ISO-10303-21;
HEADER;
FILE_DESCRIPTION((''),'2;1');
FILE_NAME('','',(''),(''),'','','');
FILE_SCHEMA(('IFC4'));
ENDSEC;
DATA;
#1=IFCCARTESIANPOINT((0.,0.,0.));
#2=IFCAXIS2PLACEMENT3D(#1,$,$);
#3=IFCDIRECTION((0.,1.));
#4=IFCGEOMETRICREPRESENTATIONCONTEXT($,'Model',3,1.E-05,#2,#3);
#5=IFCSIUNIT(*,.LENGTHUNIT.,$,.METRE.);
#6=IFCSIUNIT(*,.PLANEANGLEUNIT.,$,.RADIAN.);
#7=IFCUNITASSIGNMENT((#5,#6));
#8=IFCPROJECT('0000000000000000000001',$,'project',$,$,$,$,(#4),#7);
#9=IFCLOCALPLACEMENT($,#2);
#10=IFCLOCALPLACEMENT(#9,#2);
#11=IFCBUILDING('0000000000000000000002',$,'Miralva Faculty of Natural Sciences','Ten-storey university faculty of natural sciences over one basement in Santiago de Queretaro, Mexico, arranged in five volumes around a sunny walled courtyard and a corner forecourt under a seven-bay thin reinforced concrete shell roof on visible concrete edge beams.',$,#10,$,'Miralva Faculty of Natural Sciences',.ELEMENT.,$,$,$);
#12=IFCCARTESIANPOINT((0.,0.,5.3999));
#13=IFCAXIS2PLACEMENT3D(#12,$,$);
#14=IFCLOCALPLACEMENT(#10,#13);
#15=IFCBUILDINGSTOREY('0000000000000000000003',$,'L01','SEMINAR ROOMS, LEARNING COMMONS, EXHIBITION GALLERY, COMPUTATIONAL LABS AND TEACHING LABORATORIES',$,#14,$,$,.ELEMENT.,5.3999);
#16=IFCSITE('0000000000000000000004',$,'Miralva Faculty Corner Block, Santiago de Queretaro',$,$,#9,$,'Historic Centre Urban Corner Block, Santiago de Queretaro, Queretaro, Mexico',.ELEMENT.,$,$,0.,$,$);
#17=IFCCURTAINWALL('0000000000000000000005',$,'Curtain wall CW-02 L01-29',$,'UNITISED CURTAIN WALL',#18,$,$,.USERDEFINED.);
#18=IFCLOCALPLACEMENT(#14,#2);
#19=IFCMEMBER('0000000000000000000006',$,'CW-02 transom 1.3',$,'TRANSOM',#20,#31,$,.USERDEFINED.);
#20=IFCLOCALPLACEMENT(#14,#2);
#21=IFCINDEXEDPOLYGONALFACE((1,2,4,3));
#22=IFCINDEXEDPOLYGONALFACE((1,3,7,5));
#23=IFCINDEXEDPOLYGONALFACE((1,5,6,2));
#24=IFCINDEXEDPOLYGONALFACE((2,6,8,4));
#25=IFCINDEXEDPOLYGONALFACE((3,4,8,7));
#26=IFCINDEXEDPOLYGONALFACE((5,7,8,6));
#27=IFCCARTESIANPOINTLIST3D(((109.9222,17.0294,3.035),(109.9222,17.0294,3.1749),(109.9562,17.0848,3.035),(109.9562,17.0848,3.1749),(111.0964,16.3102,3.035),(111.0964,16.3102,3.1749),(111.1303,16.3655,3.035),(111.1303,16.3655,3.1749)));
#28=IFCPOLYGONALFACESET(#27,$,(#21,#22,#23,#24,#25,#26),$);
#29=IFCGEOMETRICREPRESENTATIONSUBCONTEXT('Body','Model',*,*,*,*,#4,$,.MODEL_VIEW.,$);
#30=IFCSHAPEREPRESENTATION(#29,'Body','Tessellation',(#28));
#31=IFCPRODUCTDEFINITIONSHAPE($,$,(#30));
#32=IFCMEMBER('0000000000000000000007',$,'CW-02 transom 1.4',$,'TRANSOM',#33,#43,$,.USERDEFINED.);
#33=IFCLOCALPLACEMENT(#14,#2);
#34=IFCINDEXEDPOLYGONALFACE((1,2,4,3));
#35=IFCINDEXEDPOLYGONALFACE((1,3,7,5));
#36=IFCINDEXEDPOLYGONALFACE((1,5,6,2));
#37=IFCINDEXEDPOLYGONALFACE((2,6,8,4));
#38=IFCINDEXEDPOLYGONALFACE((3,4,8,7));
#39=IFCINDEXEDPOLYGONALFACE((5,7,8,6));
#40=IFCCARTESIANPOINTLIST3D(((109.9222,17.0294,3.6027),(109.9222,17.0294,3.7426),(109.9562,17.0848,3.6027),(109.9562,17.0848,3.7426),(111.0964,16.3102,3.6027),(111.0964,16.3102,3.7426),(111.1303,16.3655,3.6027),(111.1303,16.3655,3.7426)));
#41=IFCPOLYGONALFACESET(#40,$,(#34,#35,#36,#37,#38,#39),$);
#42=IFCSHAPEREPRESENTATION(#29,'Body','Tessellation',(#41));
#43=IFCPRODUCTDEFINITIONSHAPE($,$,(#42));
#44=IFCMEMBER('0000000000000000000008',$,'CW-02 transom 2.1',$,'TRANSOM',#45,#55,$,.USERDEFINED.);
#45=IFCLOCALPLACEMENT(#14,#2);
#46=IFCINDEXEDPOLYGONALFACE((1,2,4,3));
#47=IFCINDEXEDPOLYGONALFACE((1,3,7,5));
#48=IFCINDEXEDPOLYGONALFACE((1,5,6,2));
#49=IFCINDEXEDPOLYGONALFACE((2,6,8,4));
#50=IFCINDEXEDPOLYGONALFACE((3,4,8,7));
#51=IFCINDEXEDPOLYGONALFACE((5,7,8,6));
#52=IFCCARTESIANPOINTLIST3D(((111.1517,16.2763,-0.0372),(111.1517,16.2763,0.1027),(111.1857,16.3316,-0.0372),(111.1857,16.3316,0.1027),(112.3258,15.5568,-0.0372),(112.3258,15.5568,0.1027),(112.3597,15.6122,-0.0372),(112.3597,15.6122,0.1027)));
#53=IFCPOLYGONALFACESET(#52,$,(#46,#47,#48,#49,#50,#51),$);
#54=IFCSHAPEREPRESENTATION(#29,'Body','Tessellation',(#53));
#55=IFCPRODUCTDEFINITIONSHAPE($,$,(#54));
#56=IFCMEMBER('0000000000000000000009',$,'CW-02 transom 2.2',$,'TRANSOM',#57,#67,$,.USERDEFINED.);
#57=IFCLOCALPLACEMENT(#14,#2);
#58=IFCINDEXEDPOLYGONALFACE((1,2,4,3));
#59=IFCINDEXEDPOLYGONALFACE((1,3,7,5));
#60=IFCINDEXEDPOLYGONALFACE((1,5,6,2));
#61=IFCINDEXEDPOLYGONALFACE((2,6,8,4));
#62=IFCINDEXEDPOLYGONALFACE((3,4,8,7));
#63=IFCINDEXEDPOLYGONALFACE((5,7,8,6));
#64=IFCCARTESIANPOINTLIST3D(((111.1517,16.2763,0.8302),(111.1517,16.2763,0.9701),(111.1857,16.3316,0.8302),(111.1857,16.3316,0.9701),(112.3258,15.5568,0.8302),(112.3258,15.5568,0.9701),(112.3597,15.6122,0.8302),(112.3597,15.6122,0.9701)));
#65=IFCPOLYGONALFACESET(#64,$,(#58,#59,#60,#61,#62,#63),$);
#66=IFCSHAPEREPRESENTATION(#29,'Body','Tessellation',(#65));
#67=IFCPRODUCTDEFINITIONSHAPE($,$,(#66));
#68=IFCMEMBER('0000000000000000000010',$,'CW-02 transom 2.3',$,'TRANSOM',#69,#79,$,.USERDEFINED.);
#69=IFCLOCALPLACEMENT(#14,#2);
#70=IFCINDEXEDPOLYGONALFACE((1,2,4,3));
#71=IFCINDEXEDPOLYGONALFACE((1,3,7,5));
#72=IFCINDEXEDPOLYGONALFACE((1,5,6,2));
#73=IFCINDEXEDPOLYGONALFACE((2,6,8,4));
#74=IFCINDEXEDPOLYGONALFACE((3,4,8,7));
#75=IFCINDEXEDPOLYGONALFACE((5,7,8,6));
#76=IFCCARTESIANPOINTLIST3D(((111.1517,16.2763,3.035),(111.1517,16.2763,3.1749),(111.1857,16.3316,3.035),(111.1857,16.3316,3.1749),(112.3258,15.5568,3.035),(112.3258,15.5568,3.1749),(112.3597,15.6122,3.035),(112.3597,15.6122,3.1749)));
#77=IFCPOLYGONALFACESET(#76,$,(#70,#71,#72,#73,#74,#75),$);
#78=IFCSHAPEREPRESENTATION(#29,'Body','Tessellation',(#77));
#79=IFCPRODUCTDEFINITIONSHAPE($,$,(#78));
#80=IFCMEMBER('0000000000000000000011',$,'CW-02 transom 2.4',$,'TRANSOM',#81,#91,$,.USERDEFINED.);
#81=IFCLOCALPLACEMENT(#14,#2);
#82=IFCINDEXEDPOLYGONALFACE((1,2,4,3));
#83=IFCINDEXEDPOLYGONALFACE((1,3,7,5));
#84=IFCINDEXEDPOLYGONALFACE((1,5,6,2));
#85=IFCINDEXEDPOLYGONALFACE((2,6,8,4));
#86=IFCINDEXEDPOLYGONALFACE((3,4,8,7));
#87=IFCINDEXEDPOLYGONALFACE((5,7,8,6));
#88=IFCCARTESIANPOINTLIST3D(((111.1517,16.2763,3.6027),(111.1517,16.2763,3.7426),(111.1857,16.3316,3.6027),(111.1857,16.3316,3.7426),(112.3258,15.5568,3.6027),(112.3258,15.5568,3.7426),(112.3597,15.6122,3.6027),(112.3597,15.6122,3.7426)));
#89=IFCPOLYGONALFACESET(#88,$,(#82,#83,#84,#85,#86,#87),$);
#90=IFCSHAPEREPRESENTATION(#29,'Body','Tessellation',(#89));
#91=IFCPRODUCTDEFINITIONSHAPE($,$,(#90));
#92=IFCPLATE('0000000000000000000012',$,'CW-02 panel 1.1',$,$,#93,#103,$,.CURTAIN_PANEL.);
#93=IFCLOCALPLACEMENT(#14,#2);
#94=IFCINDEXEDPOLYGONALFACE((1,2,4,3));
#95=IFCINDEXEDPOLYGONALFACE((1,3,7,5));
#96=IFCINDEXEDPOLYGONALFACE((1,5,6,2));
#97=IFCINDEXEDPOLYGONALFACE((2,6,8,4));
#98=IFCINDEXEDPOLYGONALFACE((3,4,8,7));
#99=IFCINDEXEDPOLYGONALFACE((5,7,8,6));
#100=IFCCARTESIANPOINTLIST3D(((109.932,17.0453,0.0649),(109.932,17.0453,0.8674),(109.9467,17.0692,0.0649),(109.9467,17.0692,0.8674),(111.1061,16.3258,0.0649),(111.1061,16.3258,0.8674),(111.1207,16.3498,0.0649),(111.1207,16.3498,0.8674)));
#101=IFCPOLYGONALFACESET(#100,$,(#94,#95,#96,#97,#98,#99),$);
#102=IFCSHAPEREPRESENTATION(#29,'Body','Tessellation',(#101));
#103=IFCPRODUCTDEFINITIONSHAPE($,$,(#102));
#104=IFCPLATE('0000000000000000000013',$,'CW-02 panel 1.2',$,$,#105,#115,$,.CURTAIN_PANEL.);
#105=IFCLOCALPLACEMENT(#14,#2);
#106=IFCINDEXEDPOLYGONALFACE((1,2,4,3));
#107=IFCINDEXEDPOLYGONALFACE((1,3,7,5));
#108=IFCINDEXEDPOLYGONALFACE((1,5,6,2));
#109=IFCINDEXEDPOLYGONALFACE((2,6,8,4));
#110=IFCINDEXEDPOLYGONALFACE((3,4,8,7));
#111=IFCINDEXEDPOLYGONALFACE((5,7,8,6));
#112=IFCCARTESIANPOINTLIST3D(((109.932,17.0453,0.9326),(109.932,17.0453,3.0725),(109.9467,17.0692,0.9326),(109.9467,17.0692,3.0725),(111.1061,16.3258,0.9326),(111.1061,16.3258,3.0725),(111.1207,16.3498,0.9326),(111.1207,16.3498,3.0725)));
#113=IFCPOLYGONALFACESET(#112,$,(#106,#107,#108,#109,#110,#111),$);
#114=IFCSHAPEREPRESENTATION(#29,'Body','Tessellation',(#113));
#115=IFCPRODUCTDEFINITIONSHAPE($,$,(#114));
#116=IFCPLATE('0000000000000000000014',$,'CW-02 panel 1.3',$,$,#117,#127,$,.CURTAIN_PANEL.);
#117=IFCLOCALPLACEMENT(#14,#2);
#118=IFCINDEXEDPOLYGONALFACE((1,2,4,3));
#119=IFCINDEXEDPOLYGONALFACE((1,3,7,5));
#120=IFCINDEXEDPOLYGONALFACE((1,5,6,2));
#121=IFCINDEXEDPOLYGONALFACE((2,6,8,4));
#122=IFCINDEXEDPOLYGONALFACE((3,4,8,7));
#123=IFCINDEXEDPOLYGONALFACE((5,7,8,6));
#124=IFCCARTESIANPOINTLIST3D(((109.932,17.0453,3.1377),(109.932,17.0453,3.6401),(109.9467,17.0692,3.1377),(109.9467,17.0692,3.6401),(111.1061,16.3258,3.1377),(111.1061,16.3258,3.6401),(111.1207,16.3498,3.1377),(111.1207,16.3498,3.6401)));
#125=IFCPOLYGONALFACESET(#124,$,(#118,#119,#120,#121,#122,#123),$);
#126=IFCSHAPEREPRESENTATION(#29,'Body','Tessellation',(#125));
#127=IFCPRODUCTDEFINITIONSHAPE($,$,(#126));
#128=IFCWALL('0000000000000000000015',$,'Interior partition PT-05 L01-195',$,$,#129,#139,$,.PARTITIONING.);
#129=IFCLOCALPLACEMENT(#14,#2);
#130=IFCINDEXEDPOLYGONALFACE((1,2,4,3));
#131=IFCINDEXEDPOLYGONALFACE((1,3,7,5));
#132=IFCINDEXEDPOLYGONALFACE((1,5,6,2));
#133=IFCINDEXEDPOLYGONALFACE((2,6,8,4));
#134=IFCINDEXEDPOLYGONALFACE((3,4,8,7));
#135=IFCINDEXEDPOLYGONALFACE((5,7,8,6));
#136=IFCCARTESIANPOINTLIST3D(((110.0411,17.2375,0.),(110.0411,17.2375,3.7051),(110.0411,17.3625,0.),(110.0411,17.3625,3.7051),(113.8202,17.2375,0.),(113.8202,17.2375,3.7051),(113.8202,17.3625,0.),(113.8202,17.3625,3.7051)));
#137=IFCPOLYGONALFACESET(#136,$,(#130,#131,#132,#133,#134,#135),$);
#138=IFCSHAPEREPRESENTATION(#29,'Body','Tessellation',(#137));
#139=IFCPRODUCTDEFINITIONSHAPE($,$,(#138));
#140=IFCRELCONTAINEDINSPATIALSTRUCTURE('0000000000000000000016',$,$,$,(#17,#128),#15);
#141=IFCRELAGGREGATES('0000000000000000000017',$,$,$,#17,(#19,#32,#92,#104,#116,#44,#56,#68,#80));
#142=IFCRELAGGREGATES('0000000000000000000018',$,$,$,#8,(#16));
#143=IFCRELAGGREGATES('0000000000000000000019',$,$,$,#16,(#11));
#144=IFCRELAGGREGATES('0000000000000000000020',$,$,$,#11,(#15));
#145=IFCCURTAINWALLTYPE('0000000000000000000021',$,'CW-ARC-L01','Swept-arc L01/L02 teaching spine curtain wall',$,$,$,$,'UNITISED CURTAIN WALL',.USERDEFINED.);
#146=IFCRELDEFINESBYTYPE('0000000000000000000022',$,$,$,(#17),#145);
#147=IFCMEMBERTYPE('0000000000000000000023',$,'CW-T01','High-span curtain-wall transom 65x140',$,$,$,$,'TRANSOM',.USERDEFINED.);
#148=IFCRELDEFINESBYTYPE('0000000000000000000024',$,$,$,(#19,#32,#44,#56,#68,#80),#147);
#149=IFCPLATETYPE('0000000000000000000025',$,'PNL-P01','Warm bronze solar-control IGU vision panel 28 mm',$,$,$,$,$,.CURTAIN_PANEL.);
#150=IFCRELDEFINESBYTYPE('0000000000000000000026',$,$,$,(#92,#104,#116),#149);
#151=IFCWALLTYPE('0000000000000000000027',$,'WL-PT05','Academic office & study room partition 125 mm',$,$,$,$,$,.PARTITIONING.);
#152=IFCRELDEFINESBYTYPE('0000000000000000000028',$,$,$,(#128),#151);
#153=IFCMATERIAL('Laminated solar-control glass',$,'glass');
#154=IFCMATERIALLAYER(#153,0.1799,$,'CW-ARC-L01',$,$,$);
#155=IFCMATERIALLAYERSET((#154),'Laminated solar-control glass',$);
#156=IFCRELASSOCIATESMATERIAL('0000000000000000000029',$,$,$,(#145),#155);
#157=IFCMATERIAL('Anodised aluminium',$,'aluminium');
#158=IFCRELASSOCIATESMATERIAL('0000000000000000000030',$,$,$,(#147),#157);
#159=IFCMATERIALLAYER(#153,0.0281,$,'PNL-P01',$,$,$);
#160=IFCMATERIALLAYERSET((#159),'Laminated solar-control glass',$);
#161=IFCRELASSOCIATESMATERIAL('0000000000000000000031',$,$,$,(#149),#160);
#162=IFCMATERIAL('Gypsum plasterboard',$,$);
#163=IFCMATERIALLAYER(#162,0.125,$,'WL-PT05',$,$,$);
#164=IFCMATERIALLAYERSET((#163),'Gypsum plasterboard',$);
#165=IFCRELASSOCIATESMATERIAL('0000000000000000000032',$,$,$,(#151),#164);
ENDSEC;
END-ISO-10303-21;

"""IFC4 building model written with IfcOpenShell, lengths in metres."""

from ifc_helpers import new_model, si_unit, direction, frame, frame_2d, origin, origin_2d, place, context, subcontext, project, spatial, rectangle, extrude, material, layer, layer_set, material_profile, profile_set, type_object, element, aggregate, save


model = new_model("IFC4")

# Units and contexts
model_context = context("Model", 3, precision=1e-05, world=origin(), true_north=direction((0.0, 1.0)))
body_context = subcontext(model_context, "Body", "Model", "MODEL_VIEW")
ifc_project = project(units=[si_unit("LENGTHUNIT", "METRE"), si_unit("PLANEANGLEUNIT", "RADIAN")], contexts=[model_context])

# Site, building, storey
site_placement = place(None, origin())
site = spatial("IfcSite", under=ifc_project, at=site_placement, Name="Miralva Faculty Corner Block, Santiago de Queretaro", LongName="Historic Centre Urban Corner Block, Santiago de Queretaro, Queretaro, Mexico", CompositionType="ELEMENT", RefElevation=0.0)
building_placement = place(site_placement, origin())
building = spatial("IfcBuilding", under=site, at=building_placement, Name="Miralva Faculty of Natural Sciences", Description="Ten-storey university faculty of natural sciences over one basement in Santiago de Queretaro, Mexico, arranged in five volumes around a sunny walled courtyard and a corner forecourt under a seven-bay thin reinforced concrete shell roof on visible concrete edge beams.", LongName="Miralva Faculty of Natural Sciences", CompositionType="ELEMENT")
storey_placement = place(building_placement, frame((0.0, 0.0, 5.3999)))
storey = spatial("IfcBuildingStorey", under=building, at=storey_placement, Name="L01", Description="SEMINAR ROOMS, LEARNING COMMONS, EXHIBITION GALLERY, COMPUTATIONAL LABS AND TEACHING LABORATORIES", CompositionType="ELEMENT", Elevation=5.3999)

# Curtain wall, members, plates
ifc_material_1 = material(Name="Laminated solar-control glass", Category="glass")
ifc_layer_1 = layer(ifc_material_1, 0.1799, Name="CW-ARC-L01")
ifc_layer_set_1 = layer_set([ifc_layer_1], Name="Laminated solar-control glass")
curtain_wall_type = type_object("IfcCurtainWallType", Name="CW-ARC-L01", Description="Swept-arc L01/L02 teaching spine curtain wall", ElementType="UNITISED CURTAIN WALL", PredefinedType="USERDEFINED", material=ifc_layer_set_1)
curtain_wall_placement = place(storey_placement, origin())
curtain_wall = element("IfcCurtainWall", 1, at=curtain_wall_placement, inside=storey, type_object=curtain_wall_type, Name="Curtain wall CW-02 L01-29", ObjectType="UNITISED CURTAIN WALL", PredefinedType="USERDEFINED")
ifc_material_2 = material(Name="Anodised aluminium", Category="aluminium")
ifc_material_profile_1 = material_profile(ifc_material_2, rectangle(XDim=0.0649, YDim=0.1399, at=origin_2d()), Name="TRANSOM 65x140")
ifc_profile_set_1 = profile_set([ifc_material_profile_1], Name="Anodised aluminium")
member_type_1 = type_object("IfcMemberType", Name="CW-T01", Description="High-span curtain-wall transom 65x140", ElementType="TRANSOM", PredefinedType="USERDEFINED", material=ifc_profile_set_1)
member_1_placement = place(storey_placement, frame((109.9392, 17.0571, 3.105), z_axis=(0.852716, -0.522375, 0.0), x_axis=(0.522375, 0.852716, 0.0)))
member_1 = element("IfcMember", 2, at=member_1_placement, type_object=member_type_1, Name="CW-02 transom 1.3", ObjectType="TRANSOM", PredefinedType="USERDEFINED", context=body_context, shape_type="SweptSolid", body=[
    extrude(rectangle(XDim=0.0649, YDim=0.1399, at=origin_2d()), origin(), (0.0, 0.0, 1.0), 1.377),
])
member_2_placement = place(storey_placement, frame((109.9392, 17.0571, 3.6726), z_axis=(0.852716, -0.522375, 0.0), x_axis=(0.522375, 0.852716, 0.0)))
member_2 = element("IfcMember", 3, at=member_2_placement, type_object=member_type_1, Name="CW-02 transom 1.4", ObjectType="TRANSOM", PredefinedType="USERDEFINED", context=body_context, shape_type="SweptSolid", body=[
    extrude(rectangle(XDim=0.0649, YDim=0.1399, at=origin_2d()), origin(), (0.0, 0.0, 1.0), 1.377),
])
member_3_placement = place(storey_placement, frame((111.1687, 16.304, 0.0327), z_axis=(0.852637, -0.522504, 0.0), x_axis=(0.522504, 0.852637, 0.0)))
member_3 = element("IfcMember", 4, at=member_3_placement, type_object=member_type_1, Name="CW-02 transom 2.1", ObjectType="TRANSOM", PredefinedType="USERDEFINED", context=body_context, shape_type="SweptSolid", body=[
    extrude(rectangle(XDim=0.0649, YDim=0.1399, at=origin_2d()), origin(), (0.0, 0.0, 1.0), 1.377),
])
member_4_placement = place(storey_placement, frame((111.1687, 16.304, 0.9001), z_axis=(0.852637, -0.522504, 0.0), x_axis=(0.522504, 0.852637, 0.0)))
member_4 = element("IfcMember", 5, at=member_4_placement, type_object=member_type_1, Name="CW-02 transom 2.2", ObjectType="TRANSOM", PredefinedType="USERDEFINED", context=body_context, shape_type="SweptSolid", body=[
    extrude(rectangle(XDim=0.0649, YDim=0.1399, at=origin_2d()), origin(), (0.0, 0.0, 1.0), 1.377),
])
member_5_placement = place(storey_placement, frame((111.1687, 16.304, 3.105), z_axis=(0.852637, -0.522504, 0.0), x_axis=(0.522504, 0.852637, 0.0)))
member_5 = element("IfcMember", 6, at=member_5_placement, type_object=member_type_1, Name="CW-02 transom 2.3", ObjectType="TRANSOM", PredefinedType="USERDEFINED", context=body_context, shape_type="SweptSolid", body=[
    extrude(rectangle(XDim=0.0649, YDim=0.1399, at=origin_2d()), origin(), (0.0, 0.0, 1.0), 1.377),
])
member_6_placement = place(storey_placement, frame((111.1687, 16.304, 3.6726), z_axis=(0.852637, -0.522504, 0.0), x_axis=(0.522504, 0.852637, 0.0)))
member_6 = element("IfcMember", 7, at=member_6_placement, type_object=member_type_1, Name="CW-02 transom 2.4", ObjectType="TRANSOM", PredefinedType="USERDEFINED", context=body_context, shape_type="SweptSolid", body=[
    extrude(rectangle(XDim=0.0649, YDim=0.1399, at=origin_2d()), origin(), (0.0, 0.0, 1.0), 1.377),
])
ifc_layer_2 = layer(ifc_material_1, 0.0281, Name="PNL-P01")
ifc_layer_set_2 = layer_set([ifc_layer_2], Name="Laminated solar-control glass")
plate_type = type_object("IfcPlateType", Name="PNL-P01", Description="Warm bronze solar-control IGU vision panel 28 mm", PredefinedType="CURTAIN_PANEL", material=ifc_layer_set_2)
plate_1_placement = place(storey_placement, frame((110.5264, 16.6975, 0.0649), z_axis=(0.0, 0.0, 1.0), x_axis=(0.85265, -0.522483, 0.0)))
plate_1 = element("IfcPlate", 8, at=plate_1_placement, type_object=plate_type, Name="CW-02 panel 1.1", PredefinedType="CURTAIN_PANEL", context=body_context, shape_type="SweptSolid", body=[
    extrude(rectangle(XDim=1.377, YDim=0.0281, at=origin_2d()), origin(), (0.0, 0.0, 1.0), 0.8025),
])
plate_2_placement = place(storey_placement, frame((110.5264, 16.6975, 0.9326), z_axis=(0.0, 0.0, 1.0), x_axis=(0.85265, -0.522483, 0.0)))
plate_2 = element("IfcPlate", 9, at=plate_2_placement, type_object=plate_type, Name="CW-02 panel 1.2", PredefinedType="CURTAIN_PANEL", context=body_context, shape_type="SweptSolid", body=[
    extrude(rectangle(XDim=1.377, YDim=0.0281, at=origin_2d()), origin(), (0.0, 0.0, 1.0), 2.1399),
])
plate_3_placement = place(storey_placement, frame((110.5264, 16.6975, 3.1377), z_axis=(0.0, 0.0, 1.0), x_axis=(0.85265, -0.522483, 0.0)))
plate_3 = element("IfcPlate", 10, at=plate_3_placement, type_object=plate_type, Name="CW-02 panel 1.3", PredefinedType="CURTAIN_PANEL", context=body_context, shape_type="SweptSolid", body=[
    extrude(rectangle(XDim=1.377, YDim=0.0281, at=origin_2d()), origin(), (0.0, 0.0, 1.0), 0.5024),
])
aggregate(curtain_wall, [member_1, member_2, plate_1, plate_2, plate_3, member_3, member_4, member_5, member_6])

# Wall
ifc_material_3 = material(Name="Gypsum plasterboard")
ifc_layer_3 = layer(ifc_material_3, 0.125, Name="WL-PT05")
ifc_layer_set_3 = layer_set([ifc_layer_3], Name="Gypsum plasterboard")
wall_type = type_object("IfcWallType", Name="WL-PT05", Description="Academic office & study room partition 125 mm", PredefinedType="PARTITIONING", material=ifc_layer_set_3)
wall_placement = place(storey_placement, frame((110.041, 17.3, 0.0), z_axis=(0.0, 0.0, 1.0), x_axis=(1.0, 0.0, 0.0)))
element("IfcWall", 11, at=wall_placement, inside=storey, type_object=wall_type, Name="Interior partition PT-05 L01-195", PredefinedType="PARTITIONING", context=body_context, shape_type="SweptSolid", body=[
    extrude(rectangle(XDim=3.7791, YDim=0.125, at=frame_2d((1.8896, 0.0))), origin(), (0.0, 0.0, 1.0), 3.7051),
])

save(model, "model.ifc")
